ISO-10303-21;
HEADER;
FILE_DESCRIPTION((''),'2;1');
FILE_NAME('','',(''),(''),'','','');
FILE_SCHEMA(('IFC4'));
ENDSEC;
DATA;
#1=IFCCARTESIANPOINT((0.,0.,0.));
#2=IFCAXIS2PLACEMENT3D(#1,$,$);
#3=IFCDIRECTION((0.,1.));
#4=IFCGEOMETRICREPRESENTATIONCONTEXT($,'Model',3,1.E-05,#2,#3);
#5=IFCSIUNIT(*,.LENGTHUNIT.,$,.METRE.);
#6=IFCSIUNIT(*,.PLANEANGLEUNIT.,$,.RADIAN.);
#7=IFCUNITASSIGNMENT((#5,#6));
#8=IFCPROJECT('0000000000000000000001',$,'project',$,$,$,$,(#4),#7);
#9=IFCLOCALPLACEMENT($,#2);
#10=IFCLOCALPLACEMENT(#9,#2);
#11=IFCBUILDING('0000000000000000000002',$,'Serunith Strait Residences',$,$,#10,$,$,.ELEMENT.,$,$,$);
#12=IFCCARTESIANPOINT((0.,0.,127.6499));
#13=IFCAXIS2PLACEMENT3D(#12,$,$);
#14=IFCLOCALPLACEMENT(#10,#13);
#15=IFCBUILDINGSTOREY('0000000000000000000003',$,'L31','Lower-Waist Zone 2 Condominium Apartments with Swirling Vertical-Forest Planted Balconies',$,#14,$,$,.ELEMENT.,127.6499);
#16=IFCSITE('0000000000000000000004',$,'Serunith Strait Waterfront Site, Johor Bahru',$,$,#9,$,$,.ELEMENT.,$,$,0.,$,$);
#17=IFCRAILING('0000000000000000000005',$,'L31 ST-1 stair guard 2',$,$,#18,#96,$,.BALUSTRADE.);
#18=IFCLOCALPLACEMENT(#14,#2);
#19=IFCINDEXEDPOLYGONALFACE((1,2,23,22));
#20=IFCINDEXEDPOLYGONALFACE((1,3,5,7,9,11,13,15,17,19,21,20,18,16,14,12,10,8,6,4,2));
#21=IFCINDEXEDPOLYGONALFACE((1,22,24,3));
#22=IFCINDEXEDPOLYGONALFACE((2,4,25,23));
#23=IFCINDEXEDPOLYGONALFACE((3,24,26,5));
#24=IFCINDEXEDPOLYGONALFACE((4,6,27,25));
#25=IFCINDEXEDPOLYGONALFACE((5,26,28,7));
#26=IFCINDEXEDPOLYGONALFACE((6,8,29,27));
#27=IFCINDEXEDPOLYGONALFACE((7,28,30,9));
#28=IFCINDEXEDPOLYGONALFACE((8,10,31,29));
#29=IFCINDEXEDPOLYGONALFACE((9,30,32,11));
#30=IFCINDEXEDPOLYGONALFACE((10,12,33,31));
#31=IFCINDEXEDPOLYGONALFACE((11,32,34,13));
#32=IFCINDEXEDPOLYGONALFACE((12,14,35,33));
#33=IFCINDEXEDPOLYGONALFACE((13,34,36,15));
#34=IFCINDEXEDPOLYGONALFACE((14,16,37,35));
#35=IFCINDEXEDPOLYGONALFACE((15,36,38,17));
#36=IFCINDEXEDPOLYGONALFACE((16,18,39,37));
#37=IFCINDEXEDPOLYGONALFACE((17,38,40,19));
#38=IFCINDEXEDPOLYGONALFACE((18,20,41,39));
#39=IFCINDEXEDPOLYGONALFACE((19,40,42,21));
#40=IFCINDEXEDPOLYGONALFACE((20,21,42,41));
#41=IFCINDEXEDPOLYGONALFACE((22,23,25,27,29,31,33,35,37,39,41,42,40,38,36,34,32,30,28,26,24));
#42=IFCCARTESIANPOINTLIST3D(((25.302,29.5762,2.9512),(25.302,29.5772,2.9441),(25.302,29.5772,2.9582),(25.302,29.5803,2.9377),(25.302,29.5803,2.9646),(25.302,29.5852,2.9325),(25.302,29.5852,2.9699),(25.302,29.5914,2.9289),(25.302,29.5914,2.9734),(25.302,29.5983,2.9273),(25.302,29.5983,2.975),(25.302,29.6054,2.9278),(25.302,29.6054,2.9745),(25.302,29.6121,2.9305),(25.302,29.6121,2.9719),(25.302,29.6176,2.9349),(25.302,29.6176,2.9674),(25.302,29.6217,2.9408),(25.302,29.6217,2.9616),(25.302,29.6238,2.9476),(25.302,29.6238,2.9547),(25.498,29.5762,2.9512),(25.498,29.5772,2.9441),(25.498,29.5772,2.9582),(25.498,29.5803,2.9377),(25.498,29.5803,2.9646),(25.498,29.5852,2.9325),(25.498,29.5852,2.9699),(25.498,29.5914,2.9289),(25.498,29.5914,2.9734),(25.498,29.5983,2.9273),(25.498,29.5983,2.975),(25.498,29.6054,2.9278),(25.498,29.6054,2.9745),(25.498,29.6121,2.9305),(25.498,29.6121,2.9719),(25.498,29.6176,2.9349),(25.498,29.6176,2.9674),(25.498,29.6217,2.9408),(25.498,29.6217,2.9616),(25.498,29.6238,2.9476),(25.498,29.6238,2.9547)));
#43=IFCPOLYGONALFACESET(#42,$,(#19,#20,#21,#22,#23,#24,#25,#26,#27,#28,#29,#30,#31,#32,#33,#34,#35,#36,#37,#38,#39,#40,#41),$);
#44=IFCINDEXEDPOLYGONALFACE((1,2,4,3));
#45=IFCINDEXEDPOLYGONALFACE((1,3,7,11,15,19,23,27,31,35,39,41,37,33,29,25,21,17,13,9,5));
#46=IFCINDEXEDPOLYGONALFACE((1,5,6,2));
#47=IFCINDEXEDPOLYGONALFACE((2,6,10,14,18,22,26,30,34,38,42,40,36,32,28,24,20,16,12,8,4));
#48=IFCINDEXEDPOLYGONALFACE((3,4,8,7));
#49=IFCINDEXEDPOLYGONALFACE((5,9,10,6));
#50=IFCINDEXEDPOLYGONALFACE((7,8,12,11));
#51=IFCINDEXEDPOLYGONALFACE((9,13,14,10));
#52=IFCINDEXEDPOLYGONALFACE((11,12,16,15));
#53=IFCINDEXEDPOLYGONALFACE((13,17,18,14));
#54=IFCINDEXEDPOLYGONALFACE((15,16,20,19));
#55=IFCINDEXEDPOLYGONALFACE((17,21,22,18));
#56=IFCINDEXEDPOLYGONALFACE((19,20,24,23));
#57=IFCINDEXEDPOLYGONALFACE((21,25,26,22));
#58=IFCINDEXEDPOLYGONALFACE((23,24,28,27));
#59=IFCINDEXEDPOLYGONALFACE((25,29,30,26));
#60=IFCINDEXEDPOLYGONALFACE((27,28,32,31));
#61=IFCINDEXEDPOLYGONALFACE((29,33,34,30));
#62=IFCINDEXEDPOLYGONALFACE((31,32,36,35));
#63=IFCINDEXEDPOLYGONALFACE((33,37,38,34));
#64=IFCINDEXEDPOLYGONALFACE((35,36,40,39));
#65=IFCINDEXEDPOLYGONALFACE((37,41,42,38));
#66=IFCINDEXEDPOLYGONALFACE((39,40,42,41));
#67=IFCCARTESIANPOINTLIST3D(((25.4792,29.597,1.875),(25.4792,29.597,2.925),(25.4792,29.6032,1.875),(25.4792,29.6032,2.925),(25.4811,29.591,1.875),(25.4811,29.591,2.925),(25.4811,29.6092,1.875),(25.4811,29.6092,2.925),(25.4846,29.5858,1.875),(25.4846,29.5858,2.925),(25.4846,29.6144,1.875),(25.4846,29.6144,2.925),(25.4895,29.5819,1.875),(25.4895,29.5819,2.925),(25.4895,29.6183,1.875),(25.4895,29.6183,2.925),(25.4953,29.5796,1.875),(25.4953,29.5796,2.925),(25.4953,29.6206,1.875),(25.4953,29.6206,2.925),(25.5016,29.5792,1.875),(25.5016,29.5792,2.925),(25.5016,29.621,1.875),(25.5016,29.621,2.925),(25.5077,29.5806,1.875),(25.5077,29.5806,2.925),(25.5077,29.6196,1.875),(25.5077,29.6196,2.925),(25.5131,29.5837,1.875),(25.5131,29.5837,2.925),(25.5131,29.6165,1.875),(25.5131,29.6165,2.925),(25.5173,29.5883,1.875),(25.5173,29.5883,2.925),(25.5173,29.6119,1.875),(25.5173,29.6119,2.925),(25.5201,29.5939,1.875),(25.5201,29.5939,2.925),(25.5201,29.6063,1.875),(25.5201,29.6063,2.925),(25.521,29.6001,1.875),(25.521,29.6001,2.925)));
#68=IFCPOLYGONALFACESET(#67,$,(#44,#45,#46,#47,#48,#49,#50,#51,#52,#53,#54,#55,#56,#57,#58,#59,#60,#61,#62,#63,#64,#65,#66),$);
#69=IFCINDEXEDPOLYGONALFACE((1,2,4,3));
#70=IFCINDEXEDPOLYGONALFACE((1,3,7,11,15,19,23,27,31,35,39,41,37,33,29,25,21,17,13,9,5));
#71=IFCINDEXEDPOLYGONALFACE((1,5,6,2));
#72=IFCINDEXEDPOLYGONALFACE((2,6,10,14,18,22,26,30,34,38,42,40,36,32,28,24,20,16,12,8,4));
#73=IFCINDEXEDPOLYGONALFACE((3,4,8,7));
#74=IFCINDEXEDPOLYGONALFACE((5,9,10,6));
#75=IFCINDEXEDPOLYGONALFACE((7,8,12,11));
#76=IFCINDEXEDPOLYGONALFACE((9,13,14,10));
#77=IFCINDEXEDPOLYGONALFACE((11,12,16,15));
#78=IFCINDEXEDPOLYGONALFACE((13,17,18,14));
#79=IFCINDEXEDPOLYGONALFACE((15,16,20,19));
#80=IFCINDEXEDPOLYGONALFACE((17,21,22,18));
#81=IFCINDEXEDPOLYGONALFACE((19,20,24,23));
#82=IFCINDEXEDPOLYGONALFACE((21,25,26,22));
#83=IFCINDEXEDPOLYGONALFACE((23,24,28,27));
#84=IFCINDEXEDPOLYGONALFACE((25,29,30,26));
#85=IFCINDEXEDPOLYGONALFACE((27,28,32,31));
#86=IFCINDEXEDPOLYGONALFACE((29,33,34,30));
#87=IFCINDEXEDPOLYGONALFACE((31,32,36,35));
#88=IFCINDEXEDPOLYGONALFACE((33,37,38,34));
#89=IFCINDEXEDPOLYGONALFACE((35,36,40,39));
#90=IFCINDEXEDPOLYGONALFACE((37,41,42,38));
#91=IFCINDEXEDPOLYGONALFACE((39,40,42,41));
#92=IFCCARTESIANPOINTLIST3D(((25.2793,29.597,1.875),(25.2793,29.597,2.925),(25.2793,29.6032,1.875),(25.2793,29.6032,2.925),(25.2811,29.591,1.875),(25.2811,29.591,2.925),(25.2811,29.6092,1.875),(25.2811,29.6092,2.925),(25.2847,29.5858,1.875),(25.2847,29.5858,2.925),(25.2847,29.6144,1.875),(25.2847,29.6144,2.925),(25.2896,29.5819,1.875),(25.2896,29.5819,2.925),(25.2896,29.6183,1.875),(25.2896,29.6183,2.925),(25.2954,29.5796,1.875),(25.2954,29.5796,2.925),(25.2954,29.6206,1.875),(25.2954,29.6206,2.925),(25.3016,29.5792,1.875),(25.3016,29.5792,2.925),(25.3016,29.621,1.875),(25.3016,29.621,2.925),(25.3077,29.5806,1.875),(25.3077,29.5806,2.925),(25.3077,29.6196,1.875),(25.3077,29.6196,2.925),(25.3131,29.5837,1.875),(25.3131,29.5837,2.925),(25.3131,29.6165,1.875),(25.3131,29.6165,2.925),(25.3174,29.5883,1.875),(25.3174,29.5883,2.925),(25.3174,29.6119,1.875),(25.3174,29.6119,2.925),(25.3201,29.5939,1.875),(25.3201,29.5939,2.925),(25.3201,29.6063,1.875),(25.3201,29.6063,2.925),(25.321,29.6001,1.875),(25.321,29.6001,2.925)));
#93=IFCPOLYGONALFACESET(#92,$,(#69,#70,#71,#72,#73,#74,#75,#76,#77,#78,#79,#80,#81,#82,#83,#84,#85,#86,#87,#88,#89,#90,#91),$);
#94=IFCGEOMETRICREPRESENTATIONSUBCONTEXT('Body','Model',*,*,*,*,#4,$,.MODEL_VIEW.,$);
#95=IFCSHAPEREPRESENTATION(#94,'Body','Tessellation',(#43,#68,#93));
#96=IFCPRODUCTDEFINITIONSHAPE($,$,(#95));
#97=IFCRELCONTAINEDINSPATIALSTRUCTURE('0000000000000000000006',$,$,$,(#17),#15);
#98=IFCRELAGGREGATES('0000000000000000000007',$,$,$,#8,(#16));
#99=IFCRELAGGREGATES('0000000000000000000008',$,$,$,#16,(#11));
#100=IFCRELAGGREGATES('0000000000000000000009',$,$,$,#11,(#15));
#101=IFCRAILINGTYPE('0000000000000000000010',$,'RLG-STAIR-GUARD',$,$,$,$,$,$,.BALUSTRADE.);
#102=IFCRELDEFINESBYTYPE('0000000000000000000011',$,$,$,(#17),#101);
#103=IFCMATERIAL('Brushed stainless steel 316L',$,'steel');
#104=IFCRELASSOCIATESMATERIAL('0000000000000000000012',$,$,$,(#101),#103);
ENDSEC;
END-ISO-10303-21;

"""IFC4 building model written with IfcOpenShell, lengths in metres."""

from ifc_helpers import new_model, si_unit, direction, frame, origin, origin_2d, place, context, subcontext, project, spatial, circle, extrude, material, type_object, element, save


model = new_model("IFC4")

# Units and contexts
model_context = context("Model", 3, precision=1e-05, world=origin(), true_north=direction((0.0, 1.0)))
body_context = subcontext(model_context, "Body", "Model", "MODEL_VIEW")
ifc_project = project(units=[si_unit("LENGTHUNIT", "METRE"), si_unit("PLANEANGLEUNIT", "RADIAN")], contexts=[model_context])

# Site, building, storey
site_placement = place(None, origin())
site = spatial("IfcSite", under=ifc_project, at=site_placement, Name="Serunith Strait Waterfront Site, Johor Bahru", CompositionType="ELEMENT", RefElevation=0.0)
building_placement = place(site_placement, origin())
building = spatial("IfcBuilding", under=site, at=building_placement, Name="Serunith Strait Residences", CompositionType="ELEMENT")
storey_placement = place(building_placement, frame((0.0, 0.0, 127.6499)))
storey = spatial("IfcBuildingStorey", under=building, at=storey_placement, Name="L31", Description="Lower-Waist Zone 2 Condominium Apartments with Swirling Vertical-Forest Planted Balconies", CompositionType="ELEMENT", Elevation=127.6499)

# Railing
ifc_material_1 = material(Name="Brushed stainless steel 316L", Category="steel")
railing_type_1 = type_object("IfcRailingType", Name="RLG-STAIR-GUARD", PredefinedType="BALUSTRADE", material=ifc_material_1)
railing_1_placement = place(storey_placement, frame((25.5, 29.6001, 1.875)))
element("IfcRailing", 1, at=railing_1_placement, inside=storey, type_object=railing_type_1, Name="L31 ST-1 stair guard 2", PredefinedType="BALUSTRADE", context=body_context, shape_type="SweptSolid", body=[
    extrude(circle(Radius=0.0239, at=origin_2d()), frame((-0.002, 0.0, 1.0762), z_axis=(-1.0, 0.0, 0.0), x_axis=(0.0, -1.0, 0.0)), (0.0, 0.0, 1.0), 0.196),
    extrude(circle(Radius=0.021, at=origin_2d()), origin(), (0.0, 0.0, 1.0), 1.05),
    extrude(circle(Radius=0.021, at=origin_2d()), frame((-0.2, 0.0, 0.0)), (0.0, 0.0, 1.0), 1.05),
])

save(model, "model.ifc")
